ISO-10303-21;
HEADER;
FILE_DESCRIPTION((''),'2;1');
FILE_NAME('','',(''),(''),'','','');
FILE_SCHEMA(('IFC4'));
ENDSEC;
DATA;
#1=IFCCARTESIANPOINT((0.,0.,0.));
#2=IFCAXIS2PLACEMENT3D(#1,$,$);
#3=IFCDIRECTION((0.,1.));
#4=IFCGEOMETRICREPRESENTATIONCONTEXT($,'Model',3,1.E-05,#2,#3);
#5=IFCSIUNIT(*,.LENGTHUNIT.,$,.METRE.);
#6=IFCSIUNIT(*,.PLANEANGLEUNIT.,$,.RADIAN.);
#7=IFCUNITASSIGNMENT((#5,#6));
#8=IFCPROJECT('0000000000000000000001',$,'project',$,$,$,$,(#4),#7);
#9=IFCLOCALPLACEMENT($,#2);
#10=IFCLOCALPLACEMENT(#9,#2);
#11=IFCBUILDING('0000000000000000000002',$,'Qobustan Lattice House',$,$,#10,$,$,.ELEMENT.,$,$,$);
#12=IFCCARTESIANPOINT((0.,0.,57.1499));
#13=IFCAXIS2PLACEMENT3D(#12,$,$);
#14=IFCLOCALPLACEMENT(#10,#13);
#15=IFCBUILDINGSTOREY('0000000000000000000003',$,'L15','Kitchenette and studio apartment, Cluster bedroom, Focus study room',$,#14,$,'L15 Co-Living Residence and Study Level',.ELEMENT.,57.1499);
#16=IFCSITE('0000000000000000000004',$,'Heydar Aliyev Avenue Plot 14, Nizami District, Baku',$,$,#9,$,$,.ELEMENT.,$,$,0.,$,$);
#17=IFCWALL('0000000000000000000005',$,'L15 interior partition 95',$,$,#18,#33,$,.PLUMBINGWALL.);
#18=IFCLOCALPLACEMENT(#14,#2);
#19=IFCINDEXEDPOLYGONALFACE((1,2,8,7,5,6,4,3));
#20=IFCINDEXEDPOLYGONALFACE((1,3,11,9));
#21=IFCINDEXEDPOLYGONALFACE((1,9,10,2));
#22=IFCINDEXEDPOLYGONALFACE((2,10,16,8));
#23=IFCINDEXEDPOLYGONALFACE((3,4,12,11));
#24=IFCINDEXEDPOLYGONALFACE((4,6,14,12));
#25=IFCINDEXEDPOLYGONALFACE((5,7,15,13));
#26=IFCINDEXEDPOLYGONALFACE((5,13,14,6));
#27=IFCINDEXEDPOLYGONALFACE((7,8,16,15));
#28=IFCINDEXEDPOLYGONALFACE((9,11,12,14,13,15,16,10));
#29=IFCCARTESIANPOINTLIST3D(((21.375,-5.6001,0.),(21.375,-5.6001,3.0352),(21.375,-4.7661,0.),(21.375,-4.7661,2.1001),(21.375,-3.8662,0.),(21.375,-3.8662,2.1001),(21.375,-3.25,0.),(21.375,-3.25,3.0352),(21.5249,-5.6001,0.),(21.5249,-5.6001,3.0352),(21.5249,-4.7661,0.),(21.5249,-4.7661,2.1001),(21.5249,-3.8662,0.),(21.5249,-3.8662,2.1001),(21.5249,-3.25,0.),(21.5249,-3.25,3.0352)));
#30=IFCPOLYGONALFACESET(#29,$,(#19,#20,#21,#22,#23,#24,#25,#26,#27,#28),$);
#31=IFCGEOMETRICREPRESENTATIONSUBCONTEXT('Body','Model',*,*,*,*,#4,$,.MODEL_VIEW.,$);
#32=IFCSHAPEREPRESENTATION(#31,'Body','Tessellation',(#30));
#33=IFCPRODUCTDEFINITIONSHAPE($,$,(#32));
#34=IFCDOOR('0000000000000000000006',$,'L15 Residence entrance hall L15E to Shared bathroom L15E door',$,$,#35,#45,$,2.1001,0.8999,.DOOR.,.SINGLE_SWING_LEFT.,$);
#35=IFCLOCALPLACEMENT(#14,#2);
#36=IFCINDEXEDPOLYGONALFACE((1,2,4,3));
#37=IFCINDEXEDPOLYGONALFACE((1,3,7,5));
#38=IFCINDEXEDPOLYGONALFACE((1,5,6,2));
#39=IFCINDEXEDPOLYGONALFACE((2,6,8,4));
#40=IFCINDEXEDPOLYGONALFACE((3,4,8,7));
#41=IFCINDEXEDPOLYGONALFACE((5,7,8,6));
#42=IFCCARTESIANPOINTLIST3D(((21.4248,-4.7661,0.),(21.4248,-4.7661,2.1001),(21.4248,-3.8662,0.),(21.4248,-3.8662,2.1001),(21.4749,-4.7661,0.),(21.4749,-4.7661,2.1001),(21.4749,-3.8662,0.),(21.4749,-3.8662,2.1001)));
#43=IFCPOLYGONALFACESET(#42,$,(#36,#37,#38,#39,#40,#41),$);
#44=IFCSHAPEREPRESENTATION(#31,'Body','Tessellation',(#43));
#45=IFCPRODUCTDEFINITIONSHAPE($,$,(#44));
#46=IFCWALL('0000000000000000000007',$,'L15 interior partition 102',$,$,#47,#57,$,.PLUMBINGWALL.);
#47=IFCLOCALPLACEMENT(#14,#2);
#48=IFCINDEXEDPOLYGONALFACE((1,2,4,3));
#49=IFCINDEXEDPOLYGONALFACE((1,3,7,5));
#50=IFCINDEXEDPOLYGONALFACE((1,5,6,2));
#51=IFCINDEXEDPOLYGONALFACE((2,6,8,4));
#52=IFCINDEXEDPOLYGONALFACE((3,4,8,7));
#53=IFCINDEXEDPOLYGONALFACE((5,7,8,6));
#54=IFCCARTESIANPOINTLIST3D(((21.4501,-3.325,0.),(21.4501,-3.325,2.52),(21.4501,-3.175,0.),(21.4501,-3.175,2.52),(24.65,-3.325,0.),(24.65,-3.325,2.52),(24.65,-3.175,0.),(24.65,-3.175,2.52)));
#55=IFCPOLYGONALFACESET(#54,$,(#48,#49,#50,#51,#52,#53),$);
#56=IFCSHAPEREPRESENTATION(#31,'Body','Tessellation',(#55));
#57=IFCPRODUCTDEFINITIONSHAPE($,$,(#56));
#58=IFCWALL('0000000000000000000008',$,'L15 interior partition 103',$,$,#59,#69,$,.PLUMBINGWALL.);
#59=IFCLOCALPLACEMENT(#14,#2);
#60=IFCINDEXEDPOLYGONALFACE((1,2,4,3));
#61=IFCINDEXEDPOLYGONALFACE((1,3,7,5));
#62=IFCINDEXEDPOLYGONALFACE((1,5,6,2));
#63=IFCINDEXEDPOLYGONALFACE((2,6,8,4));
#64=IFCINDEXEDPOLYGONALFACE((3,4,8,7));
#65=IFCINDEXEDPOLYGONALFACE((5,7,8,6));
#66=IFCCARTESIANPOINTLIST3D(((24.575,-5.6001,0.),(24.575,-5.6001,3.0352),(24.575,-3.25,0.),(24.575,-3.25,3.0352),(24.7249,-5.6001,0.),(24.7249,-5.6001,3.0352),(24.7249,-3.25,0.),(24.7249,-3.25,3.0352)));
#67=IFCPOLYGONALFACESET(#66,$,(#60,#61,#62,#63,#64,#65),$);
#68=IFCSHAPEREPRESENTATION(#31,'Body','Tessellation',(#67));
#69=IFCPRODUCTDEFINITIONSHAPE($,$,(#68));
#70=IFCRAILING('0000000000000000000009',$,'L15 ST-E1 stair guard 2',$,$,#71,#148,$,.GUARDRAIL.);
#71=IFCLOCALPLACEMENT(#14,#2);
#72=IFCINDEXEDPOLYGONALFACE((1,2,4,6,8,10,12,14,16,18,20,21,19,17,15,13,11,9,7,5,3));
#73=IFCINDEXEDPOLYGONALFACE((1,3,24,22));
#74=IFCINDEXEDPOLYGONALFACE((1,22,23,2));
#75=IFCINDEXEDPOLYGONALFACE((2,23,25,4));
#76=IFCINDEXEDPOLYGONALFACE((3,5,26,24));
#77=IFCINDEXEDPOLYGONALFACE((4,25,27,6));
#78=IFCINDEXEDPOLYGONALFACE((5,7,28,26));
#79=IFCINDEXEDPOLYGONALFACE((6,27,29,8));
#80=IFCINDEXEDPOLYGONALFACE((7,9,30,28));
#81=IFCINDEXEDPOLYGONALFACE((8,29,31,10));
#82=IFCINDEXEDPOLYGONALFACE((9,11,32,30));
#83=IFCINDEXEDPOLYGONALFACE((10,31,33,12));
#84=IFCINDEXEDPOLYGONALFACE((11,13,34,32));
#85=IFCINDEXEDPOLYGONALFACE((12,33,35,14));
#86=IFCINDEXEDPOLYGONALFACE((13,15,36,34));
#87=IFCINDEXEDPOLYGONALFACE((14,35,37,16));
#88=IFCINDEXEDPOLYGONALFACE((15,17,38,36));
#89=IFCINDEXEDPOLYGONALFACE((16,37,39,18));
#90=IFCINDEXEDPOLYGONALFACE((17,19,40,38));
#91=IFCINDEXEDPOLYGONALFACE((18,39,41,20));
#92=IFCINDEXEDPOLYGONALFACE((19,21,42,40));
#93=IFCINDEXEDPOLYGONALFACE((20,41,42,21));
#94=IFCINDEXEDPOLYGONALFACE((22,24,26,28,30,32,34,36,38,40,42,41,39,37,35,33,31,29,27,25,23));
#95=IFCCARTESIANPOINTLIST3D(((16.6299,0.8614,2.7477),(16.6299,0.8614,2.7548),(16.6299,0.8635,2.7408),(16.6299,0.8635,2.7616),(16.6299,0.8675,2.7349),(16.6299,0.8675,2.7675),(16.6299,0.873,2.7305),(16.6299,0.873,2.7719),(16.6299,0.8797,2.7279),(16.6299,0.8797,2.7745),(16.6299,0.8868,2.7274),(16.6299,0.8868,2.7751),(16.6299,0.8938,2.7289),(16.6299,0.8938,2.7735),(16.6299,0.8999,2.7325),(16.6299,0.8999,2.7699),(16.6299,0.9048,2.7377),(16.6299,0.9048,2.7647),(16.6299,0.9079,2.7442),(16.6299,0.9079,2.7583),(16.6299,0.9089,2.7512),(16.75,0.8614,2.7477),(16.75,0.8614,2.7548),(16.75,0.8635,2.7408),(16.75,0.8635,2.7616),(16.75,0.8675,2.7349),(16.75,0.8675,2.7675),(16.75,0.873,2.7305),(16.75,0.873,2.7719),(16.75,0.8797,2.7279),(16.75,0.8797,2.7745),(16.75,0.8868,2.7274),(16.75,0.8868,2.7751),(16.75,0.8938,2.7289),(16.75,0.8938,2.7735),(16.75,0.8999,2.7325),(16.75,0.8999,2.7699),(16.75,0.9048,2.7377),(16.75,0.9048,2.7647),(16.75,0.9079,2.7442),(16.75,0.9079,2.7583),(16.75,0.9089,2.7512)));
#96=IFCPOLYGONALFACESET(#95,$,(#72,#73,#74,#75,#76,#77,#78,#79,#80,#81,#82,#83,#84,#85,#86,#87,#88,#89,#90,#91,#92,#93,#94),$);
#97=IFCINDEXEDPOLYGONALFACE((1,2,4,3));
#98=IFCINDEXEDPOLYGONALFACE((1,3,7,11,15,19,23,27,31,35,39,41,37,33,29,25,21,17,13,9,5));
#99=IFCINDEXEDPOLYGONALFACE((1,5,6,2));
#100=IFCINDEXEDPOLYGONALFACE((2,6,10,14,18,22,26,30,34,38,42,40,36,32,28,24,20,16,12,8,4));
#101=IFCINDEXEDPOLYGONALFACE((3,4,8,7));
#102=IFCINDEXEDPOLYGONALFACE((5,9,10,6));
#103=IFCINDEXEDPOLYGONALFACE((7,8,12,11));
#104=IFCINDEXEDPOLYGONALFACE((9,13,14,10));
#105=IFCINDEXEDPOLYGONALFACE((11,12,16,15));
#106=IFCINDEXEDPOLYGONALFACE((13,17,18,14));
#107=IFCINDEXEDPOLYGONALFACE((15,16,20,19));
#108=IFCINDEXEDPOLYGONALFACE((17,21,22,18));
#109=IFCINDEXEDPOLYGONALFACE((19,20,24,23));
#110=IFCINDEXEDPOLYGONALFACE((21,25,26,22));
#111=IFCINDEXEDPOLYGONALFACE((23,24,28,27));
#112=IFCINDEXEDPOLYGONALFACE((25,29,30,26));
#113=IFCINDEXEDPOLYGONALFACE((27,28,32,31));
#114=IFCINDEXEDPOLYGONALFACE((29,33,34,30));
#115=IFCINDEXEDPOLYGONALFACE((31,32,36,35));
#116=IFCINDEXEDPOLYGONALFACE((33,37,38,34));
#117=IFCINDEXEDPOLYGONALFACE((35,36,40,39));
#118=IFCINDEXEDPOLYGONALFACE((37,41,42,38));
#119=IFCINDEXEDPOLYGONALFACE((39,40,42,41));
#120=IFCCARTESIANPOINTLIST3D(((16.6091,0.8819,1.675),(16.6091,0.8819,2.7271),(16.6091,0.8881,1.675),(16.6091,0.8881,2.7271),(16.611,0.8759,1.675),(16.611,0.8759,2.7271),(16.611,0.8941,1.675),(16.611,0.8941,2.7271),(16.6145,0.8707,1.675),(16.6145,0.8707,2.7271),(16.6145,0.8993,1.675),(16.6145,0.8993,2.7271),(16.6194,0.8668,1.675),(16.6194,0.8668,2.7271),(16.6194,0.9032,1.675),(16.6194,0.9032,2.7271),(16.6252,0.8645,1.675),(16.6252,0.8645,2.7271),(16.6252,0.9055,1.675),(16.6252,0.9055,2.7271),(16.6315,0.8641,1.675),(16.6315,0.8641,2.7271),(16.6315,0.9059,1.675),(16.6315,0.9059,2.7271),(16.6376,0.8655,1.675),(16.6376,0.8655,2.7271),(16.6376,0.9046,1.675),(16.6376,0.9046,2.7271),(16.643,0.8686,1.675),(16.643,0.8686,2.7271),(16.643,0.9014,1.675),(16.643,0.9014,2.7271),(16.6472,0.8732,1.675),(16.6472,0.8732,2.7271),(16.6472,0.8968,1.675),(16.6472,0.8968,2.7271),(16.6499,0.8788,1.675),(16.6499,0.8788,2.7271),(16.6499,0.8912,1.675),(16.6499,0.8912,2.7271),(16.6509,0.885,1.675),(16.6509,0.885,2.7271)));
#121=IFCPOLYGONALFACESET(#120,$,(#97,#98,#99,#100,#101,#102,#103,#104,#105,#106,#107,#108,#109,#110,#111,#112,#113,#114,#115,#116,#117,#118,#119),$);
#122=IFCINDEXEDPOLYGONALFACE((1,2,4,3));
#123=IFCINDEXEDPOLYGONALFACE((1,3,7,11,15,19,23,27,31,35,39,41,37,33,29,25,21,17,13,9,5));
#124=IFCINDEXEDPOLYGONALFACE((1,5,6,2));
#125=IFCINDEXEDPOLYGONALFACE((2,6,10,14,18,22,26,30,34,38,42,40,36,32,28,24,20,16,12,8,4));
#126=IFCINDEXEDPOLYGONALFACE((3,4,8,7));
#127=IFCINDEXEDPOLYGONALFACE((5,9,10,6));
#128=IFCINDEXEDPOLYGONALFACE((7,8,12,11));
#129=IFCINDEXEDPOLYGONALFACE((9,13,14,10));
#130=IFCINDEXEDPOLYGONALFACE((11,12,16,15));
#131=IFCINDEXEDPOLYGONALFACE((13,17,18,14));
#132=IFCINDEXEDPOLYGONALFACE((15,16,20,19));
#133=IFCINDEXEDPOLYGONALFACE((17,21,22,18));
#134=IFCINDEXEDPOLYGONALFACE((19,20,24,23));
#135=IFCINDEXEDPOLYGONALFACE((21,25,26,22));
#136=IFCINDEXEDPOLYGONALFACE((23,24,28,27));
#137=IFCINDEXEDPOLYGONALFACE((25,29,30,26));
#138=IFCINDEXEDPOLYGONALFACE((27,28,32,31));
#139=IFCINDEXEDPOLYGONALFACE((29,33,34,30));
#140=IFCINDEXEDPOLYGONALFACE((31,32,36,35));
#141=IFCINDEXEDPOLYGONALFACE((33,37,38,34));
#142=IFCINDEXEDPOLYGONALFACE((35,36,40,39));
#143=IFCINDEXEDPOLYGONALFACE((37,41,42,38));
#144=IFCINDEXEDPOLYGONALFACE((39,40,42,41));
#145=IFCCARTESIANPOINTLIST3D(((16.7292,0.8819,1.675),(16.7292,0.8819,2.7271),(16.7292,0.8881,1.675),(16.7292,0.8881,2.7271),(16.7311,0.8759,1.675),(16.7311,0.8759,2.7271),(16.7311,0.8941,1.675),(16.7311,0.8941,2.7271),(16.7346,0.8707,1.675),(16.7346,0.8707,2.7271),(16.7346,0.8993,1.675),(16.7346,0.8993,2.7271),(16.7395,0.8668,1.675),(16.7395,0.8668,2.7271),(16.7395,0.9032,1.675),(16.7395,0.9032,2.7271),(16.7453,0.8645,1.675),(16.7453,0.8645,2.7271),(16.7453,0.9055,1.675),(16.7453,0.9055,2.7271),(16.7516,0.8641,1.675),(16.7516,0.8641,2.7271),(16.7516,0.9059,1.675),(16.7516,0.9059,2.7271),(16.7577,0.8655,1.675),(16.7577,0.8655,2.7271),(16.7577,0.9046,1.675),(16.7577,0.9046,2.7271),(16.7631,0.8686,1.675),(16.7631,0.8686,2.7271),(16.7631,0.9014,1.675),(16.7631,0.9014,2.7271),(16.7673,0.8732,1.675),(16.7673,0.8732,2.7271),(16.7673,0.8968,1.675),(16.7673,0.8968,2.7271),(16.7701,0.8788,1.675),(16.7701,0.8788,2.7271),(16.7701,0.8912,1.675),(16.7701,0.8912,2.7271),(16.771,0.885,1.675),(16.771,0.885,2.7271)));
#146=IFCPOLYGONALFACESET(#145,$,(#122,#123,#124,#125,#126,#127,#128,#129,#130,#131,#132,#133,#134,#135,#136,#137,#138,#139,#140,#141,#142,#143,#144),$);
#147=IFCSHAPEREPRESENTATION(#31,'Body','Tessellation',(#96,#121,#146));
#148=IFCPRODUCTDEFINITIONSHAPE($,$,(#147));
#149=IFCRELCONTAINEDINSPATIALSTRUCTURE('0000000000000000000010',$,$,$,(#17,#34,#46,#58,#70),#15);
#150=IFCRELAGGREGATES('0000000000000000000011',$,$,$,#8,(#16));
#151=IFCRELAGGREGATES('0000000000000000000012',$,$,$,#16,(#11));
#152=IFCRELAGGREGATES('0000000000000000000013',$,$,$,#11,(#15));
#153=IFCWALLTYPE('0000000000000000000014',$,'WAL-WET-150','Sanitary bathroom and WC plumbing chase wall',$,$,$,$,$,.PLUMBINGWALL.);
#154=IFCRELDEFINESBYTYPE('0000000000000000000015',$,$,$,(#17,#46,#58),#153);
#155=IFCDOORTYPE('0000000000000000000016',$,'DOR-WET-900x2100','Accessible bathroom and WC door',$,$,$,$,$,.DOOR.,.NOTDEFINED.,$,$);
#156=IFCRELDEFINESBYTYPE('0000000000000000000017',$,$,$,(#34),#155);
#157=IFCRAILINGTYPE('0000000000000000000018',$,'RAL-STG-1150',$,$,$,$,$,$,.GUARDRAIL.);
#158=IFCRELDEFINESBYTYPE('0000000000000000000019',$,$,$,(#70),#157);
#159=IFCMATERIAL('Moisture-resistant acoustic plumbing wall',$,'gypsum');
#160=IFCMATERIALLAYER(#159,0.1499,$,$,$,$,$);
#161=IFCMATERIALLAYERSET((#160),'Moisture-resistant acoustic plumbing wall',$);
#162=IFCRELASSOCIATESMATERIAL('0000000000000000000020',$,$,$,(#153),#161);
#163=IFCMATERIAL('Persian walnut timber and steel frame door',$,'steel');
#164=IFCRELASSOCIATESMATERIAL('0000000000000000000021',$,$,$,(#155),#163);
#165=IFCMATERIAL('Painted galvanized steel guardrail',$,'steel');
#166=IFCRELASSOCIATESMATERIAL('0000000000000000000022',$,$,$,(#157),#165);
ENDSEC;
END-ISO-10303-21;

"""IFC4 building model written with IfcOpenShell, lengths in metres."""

from ifc_helpers import new_model, si_unit, direction, frame, frame_2d, origin, origin_2d, place, context, subcontext, project, spatial, rectangle, circle, extrude, material, layer, layer_set, type_object, element, fill, save


model = new_model("IFC4")

# Units and contexts
model_context = context("Model", 3, precision=1e-05, world=origin(), true_north=direction((0.0, 1.0)))
body_context = subcontext(model_context, "Body", "Model", "MODEL_VIEW")
ifc_project = project(units=[si_unit("LENGTHUNIT", "METRE"), si_unit("PLANEANGLEUNIT", "RADIAN")], contexts=[model_context])

# Site, building, storey
site_placement = place(None, origin())
site = spatial("IfcSite", under=ifc_project, at=site_placement, Name="Heydar Aliyev Avenue Plot 14, Nizami District, Baku", CompositionType="ELEMENT", RefElevation=0.0)
building_placement = place(site_placement, origin())
building = spatial("IfcBuilding", under=site, at=building_placement, Name="Qobustan Lattice House", CompositionType="ELEMENT")
storey_placement = place(building_placement, frame((0.0, 0.0, 57.1499)))
storey = spatial("IfcBuildingStorey", under=building, at=storey_placement, Name="L15", Description="Kitchenette and studio apartment, Cluster bedroom, Focus study room", LongName="L15 Co-Living Residence and Study Level", CompositionType="ELEMENT", Elevation=57.1499)

# Shared definitions
ifc_material_1 = material(Name="Moisture-resistant acoustic plumbing wall", Category="gypsum")
ifc_layer_1 = layer(ifc_material_1, 0.1499)
ifc_layer_set_1 = layer_set([ifc_layer_1], Name="Moisture-resistant acoustic plumbing wall")
wall_type_1 = type_object("IfcWallType", Name="WAL-WET-150", Description="Sanitary bathroom and WC plumbing chase wall", PredefinedType="PLUMBINGWALL", material=ifc_layer_set_1)

# Wall, opening, door
wall_1_placement = place(storey_placement, frame((21.45, -3.25, 0.0), z_axis=(0.0, 0.0, 1.0), x_axis=(0.0, -1.0, 0.0)))
wall_1 = element("IfcWall", 1, at=wall_1_placement, inside=storey, type_object=wall_type_1, Name="L15 interior partition 95", PredefinedType="PLUMBINGWALL", context=body_context, shape_type="SweptSolid", body=[
    extrude(rectangle(XDim=2.3501, YDim=0.1499, at=frame_2d((1.175, 0.0))), origin(), (0.0, 0.0, 1.0), 3.0352),
])
opening_1_placement = place(wall_1_placement, frame((0.6162, 0.0, 0.0)))
opening_1 = element("IfcOpeningElement", 2, at=opening_1_placement, cuts=wall_1, PredefinedType="OPENING", context=body_context, shape_type="SweptSolid", body=[
    extrude(rectangle(XDim=0.8999, YDim=2.1001, at=frame_2d((0.45, 1.05))), frame((0.0, 0.085, 0.0), z_axis=(0.0, -1.0, 0.0), x_axis=(1.0, 0.0, 0.0)), (0.0, 0.0, 1.0), 0.1699),
])
ifc_material_2 = material(Name="Persian walnut timber and steel frame door", Category="steel")
door_type_1 = type_object("IfcDoorType", Name="DOR-WET-900x2100", Description="Accessible bathroom and WC door", OperationType="NOTDEFINED", PredefinedType="DOOR", material=ifc_material_2)
door_1_placement = place(opening_1_placement, origin())
door_1 = element("IfcDoor", 3, at=door_1_placement, inside=storey, type_object=door_type_1, Name="L15 Residence entrance hall L15E to Shared bathroom L15E door", OperationType="SINGLE_SWING_LEFT", OverallHeight=2.1001, OverallWidth=0.8999, PredefinedType="DOOR", context=body_context, shape_type="SweptSolid", body=[
    extrude(rectangle(XDim=0.8999, YDim=2.1001, at=frame_2d((0.45, 1.05))), frame((0.0, 0.0249, 0.0), z_axis=(0.0, -1.0, 0.0), x_axis=(1.0, 0.0, 0.0)), (0.0, 0.0, 1.0), 0.05),
])
fill(opening_1, door_1)

# Walls
wall_2_placement = place(storey_placement, frame((21.45, -3.25, 0.0), z_axis=(0.0, 0.0, 1.0), x_axis=(1.0, 0.0, 0.0)))
element("IfcWall", 4, at=wall_2_placement, inside=storey, type_object=wall_type_1, Name="L15 interior partition 102", PredefinedType="PLUMBINGWALL", context=body_context, shape_type="SweptSolid", body=[
    extrude(rectangle(XDim=3.2, YDim=0.1499, at=frame_2d((1.6001, 0.0))), origin(), (0.0, 0.0, 1.0), 2.52),
])
wall_3_placement = place(storey_placement, frame((24.6499, -3.25, 0.0), z_axis=(0.0, 0.0, 1.0), x_axis=(0.0, -1.0, 0.0)))
element("IfcWall", 5, at=wall_3_placement, inside=storey, type_object=wall_type_1, Name="L15 interior partition 103", PredefinedType="PLUMBINGWALL", context=body_context, shape_type="SweptSolid", body=[
    extrude(rectangle(XDim=2.3501, YDim=0.1499, at=frame_2d((1.175, 0.0))), origin(), (0.0, 0.0, 1.0), 3.0352),
])

# Railing
ifc_material_3 = material(Name="Painted galvanized steel guardrail", Category="steel")
railing_type = type_object("IfcRailingType", Name="RAL-STG-1150", PredefinedType="GUARDRAIL", material=ifc_material_3)
railing_placement = place(storey_placement, frame((16.6299, 0.885, 1.675)))
element("IfcRailing", 6, at=railing_placement, inside=storey, type_object=railing_type, Name="L15 ST-E1 stair guard 2", PredefinedType="GUARDRAIL", context=body_context, shape_type="SweptSolid", body=[
    extrude(circle(Radius=0.0239, at=origin_2d()), frame((0.0, 0.0, 1.0762), z_axis=(1.0, 0.0, 0.0), x_axis=(0.0, 1.0, 0.0)), (0.0, 0.0, 1.0), 0.1201),
    extrude(circle(Radius=0.021, at=origin_2d()), origin(), (0.0, 0.0, 1.0), 1.052),
    extrude(circle(Radius=0.021, at=origin_2d()), frame((0.1201, 0.0, 0.0)), (0.0, 0.0, 1.0), 1.052),
])

save(model, "model.ifc")
